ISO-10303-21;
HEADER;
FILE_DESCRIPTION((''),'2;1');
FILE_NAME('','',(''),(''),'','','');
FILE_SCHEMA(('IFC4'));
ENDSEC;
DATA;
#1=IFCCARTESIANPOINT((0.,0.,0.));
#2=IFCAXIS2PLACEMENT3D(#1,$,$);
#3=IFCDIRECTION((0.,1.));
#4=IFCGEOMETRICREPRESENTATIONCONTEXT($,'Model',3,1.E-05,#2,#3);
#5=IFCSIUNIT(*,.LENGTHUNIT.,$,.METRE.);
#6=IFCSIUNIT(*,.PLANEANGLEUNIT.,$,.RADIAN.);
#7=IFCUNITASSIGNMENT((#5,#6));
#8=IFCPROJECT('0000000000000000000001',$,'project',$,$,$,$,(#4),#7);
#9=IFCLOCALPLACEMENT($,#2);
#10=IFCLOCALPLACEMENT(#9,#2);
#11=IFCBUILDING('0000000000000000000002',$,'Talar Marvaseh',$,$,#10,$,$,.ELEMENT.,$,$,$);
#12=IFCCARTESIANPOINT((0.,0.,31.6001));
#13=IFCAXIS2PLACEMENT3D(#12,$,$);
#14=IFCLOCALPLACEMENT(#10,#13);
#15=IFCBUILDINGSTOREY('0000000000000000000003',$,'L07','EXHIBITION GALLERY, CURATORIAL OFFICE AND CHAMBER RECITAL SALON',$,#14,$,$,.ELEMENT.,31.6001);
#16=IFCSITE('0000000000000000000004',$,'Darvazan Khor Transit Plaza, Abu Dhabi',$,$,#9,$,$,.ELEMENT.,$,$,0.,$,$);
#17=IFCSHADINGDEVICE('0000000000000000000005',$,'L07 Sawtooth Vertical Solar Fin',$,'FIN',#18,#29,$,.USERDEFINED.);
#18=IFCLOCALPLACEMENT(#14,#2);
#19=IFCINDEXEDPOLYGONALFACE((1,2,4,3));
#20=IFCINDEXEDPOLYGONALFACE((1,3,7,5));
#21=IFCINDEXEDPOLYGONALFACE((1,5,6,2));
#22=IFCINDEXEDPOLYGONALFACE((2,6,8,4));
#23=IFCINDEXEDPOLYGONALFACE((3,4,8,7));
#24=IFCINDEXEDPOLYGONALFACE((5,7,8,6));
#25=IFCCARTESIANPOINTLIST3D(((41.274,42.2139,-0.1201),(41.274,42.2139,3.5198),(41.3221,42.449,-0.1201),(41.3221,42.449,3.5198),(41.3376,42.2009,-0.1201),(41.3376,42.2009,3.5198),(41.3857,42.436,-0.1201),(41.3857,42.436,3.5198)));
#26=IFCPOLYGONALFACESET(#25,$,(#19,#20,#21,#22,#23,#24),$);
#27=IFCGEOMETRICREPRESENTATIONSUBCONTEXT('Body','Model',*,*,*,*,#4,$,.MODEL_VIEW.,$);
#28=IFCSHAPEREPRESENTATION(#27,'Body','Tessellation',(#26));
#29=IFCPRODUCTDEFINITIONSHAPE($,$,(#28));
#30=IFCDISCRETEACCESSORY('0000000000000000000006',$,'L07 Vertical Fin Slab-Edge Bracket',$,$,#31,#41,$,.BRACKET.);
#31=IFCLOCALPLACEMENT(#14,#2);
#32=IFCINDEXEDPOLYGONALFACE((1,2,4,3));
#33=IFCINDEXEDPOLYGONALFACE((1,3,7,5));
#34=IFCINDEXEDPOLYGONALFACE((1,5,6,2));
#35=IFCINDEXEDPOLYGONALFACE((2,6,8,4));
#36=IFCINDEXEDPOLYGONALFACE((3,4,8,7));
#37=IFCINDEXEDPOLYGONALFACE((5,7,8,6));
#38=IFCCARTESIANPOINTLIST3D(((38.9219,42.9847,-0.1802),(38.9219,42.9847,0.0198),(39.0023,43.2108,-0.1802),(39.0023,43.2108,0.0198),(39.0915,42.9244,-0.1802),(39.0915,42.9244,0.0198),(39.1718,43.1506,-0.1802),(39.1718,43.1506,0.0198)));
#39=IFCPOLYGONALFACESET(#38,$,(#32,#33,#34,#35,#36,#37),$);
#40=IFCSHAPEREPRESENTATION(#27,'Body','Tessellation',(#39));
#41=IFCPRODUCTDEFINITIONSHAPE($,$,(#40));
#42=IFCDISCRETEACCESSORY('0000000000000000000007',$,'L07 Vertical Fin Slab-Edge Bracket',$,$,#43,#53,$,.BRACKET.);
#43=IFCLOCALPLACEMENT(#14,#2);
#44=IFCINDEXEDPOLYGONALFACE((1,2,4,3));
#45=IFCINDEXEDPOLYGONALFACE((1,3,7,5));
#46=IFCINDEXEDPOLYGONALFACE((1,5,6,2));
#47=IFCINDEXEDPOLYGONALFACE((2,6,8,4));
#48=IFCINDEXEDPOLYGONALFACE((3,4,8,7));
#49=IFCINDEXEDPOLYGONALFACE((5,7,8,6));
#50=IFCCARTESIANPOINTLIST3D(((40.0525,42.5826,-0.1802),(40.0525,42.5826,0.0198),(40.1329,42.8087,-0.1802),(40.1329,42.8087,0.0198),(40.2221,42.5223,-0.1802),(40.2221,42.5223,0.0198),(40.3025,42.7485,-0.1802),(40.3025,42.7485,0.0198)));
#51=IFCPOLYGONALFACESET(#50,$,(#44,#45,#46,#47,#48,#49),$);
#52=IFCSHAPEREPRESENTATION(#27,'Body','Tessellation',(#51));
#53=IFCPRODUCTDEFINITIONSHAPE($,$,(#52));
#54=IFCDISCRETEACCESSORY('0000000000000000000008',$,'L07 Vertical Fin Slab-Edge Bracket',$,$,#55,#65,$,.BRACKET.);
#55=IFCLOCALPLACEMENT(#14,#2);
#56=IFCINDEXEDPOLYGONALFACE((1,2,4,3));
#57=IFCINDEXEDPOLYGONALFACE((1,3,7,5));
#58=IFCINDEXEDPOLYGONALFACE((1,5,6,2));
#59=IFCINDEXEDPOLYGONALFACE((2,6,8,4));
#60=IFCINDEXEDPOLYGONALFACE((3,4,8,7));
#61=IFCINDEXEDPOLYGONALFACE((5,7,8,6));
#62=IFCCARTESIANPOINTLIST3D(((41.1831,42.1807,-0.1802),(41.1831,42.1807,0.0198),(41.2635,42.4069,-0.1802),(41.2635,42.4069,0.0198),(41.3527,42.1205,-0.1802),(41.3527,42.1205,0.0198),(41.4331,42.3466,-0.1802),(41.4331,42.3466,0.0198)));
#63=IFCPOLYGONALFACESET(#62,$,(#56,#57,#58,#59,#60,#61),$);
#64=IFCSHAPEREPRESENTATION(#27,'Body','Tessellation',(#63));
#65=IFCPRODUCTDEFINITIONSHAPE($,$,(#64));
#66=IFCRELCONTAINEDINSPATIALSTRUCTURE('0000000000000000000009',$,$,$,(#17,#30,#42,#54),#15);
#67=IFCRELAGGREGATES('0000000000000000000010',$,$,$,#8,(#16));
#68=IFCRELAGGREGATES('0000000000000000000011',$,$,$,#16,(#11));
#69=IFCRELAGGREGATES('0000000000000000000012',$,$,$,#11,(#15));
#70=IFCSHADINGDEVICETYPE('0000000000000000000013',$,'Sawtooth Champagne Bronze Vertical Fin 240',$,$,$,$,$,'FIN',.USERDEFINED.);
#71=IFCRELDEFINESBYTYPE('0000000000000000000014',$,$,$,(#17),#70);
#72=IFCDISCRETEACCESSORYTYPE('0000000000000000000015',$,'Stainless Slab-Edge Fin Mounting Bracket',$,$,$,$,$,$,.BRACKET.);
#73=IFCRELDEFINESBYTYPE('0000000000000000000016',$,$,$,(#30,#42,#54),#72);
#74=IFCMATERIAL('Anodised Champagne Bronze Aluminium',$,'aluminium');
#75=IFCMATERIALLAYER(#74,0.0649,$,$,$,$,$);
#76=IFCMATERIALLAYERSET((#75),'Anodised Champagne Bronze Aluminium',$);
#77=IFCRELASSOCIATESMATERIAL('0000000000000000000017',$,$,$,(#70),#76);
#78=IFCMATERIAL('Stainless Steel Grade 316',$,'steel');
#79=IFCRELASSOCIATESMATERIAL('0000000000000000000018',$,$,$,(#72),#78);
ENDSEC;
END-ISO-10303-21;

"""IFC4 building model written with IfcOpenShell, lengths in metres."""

from ifc_helpers import new_model, si_unit, direction, frame, origin, origin_2d, place, context, subcontext, project, spatial, rectangle, extrude, source, transform, mapped, material, layer, layer_set, type_object, type_shapes, element, save


model = new_model("IFC4")

# Units and contexts
model_context = context("Model", 3, precision=1e-05, world=origin(), true_north=direction((0.0, 1.0)))
body_context = subcontext(model_context, "Body", "Model", "MODEL_VIEW")
ifc_project = project(units=[si_unit("LENGTHUNIT", "METRE"), si_unit("PLANEANGLEUNIT", "RADIAN")], contexts=[model_context])

# Site, building, storey
site_placement = place(None, origin())
site = spatial("IfcSite", under=ifc_project, at=site_placement, Name="Darvazan Khor Transit Plaza, Abu Dhabi", CompositionType="ELEMENT", RefElevation=0.0)
building_placement = place(site_placement, origin())
building = spatial("IfcBuilding", under=site, at=building_placement, Name="Talar Marvaseh", CompositionType="ELEMENT")
storey_placement = place(building_placement, frame((0.0, 0.0, 31.6001)))
storey = spatial("IfcBuildingStorey", under=building, at=storey_placement, Name="L07", Description="EXHIBITION GALLERY, CURATORIAL OFFICE AND CHAMBER RECITAL SALON", CompositionType="ELEMENT", Elevation=31.6001)

# Shading device
ifc_material_1 = material(Name="Anodised Champagne Bronze Aluminium", Category="aluminium")
ifc_layer_1 = layer(ifc_material_1, 0.0649)
ifc_layer_set_1 = layer_set([ifc_layer_1], Name="Anodised Champagne Bronze Aluminium")
shading_device_type = type_object("IfcShadingDeviceType", Name="Sawtooth Champagne Bronze Vertical Fin 240", ElementType="FIN", PredefinedType="USERDEFINED", material=ifc_layer_set_1)
shared_shape_1 = source(origin(), body_context, "Body", "SweptSolid", [
    extrude(rectangle(XDim=0.24, YDim=0.0649, at=origin_2d()), origin(), (0.0, 0.0, 1.0), 3.6399),
])
type_shapes(shading_device_type, [shared_shape_1])
for number, where, z_axis, x_axis, name in (
    (1, (41.3298, 42.325, -0.1201), (0.0, 0.0, 1.0), (0.200565, 0.97968, 0.0), "L07 Sawtooth Vertical Solar Fin"),
):
    element("IfcShadingDevice", number, at=place(storey_placement, frame(where, z_axis=z_axis, x_axis=x_axis)), inside=storey, type_object=shading_device_type, Name=name, ObjectType="FIN", PredefinedType="USERDEFINED", context=body_context, shape_type="MappedRepresentation", body=[
        mapped(shared_shape_1, transform((0.0, 0.0, 0.0), x_axis=(1.0, 0.0, 0.0), y_axis=(0.0, 1.0, 0.0), z_axis=(0.0, 0.0, 1.0), scale=1.0)),
    ])

# Discrete accessories
ifc_material_2 = material(Name="Stainless Steel Grade 316", Category="steel")
discrete_accessory_type = type_object("IfcDiscreteAccessoryType", Name="Stainless Slab-Edge Fin Mounting Bracket", PredefinedType="BRACKET", material=ifc_material_2)
shared_shape_2 = source(origin(), body_context, "Body", "SweptSolid", [
    extrude(rectangle(XDim=0.24, YDim=0.1799, at=origin_2d()), origin(), (0.0, 0.0, 1.0), 0.2),
])
type_shapes(discrete_accessory_type, [shared_shape_2])
for number, where, z_axis, x_axis, name in (
    (2, (39.0469, 43.0676, -0.1802), (0.0, 0.0, 1.0), (0.334958, 0.942233, 0.0), "L07 Vertical Fin Slab-Edge Bracket"),
    (3, (40.1775, 42.6655, -0.1802), (0.0, 0.0, 1.0), (0.334958, 0.942233, 0.0), "L07 Vertical Fin Slab-Edge Bracket"),
    (4, (41.3081, 42.2637, -0.1802), (0.0, 0.0, 1.0), (0.334958, 0.942233, 0.0), "L07 Vertical Fin Slab-Edge Bracket"),
):
    element("IfcDiscreteAccessory", number, at=place(storey_placement, frame(where, z_axis=z_axis, x_axis=x_axis)), inside=storey, type_object=discrete_accessory_type, Name=name, PredefinedType="BRACKET", context=body_context, shape_type="MappedRepresentation", body=[
        mapped(shared_shape_2, transform((0.0, 0.0, 0.0), x_axis=(1.0, 0.0, 0.0), y_axis=(0.0, 1.0, 0.0), z_axis=(0.0, 0.0, 1.0), scale=1.0)),
    ])

save(model, "model.ifc")
